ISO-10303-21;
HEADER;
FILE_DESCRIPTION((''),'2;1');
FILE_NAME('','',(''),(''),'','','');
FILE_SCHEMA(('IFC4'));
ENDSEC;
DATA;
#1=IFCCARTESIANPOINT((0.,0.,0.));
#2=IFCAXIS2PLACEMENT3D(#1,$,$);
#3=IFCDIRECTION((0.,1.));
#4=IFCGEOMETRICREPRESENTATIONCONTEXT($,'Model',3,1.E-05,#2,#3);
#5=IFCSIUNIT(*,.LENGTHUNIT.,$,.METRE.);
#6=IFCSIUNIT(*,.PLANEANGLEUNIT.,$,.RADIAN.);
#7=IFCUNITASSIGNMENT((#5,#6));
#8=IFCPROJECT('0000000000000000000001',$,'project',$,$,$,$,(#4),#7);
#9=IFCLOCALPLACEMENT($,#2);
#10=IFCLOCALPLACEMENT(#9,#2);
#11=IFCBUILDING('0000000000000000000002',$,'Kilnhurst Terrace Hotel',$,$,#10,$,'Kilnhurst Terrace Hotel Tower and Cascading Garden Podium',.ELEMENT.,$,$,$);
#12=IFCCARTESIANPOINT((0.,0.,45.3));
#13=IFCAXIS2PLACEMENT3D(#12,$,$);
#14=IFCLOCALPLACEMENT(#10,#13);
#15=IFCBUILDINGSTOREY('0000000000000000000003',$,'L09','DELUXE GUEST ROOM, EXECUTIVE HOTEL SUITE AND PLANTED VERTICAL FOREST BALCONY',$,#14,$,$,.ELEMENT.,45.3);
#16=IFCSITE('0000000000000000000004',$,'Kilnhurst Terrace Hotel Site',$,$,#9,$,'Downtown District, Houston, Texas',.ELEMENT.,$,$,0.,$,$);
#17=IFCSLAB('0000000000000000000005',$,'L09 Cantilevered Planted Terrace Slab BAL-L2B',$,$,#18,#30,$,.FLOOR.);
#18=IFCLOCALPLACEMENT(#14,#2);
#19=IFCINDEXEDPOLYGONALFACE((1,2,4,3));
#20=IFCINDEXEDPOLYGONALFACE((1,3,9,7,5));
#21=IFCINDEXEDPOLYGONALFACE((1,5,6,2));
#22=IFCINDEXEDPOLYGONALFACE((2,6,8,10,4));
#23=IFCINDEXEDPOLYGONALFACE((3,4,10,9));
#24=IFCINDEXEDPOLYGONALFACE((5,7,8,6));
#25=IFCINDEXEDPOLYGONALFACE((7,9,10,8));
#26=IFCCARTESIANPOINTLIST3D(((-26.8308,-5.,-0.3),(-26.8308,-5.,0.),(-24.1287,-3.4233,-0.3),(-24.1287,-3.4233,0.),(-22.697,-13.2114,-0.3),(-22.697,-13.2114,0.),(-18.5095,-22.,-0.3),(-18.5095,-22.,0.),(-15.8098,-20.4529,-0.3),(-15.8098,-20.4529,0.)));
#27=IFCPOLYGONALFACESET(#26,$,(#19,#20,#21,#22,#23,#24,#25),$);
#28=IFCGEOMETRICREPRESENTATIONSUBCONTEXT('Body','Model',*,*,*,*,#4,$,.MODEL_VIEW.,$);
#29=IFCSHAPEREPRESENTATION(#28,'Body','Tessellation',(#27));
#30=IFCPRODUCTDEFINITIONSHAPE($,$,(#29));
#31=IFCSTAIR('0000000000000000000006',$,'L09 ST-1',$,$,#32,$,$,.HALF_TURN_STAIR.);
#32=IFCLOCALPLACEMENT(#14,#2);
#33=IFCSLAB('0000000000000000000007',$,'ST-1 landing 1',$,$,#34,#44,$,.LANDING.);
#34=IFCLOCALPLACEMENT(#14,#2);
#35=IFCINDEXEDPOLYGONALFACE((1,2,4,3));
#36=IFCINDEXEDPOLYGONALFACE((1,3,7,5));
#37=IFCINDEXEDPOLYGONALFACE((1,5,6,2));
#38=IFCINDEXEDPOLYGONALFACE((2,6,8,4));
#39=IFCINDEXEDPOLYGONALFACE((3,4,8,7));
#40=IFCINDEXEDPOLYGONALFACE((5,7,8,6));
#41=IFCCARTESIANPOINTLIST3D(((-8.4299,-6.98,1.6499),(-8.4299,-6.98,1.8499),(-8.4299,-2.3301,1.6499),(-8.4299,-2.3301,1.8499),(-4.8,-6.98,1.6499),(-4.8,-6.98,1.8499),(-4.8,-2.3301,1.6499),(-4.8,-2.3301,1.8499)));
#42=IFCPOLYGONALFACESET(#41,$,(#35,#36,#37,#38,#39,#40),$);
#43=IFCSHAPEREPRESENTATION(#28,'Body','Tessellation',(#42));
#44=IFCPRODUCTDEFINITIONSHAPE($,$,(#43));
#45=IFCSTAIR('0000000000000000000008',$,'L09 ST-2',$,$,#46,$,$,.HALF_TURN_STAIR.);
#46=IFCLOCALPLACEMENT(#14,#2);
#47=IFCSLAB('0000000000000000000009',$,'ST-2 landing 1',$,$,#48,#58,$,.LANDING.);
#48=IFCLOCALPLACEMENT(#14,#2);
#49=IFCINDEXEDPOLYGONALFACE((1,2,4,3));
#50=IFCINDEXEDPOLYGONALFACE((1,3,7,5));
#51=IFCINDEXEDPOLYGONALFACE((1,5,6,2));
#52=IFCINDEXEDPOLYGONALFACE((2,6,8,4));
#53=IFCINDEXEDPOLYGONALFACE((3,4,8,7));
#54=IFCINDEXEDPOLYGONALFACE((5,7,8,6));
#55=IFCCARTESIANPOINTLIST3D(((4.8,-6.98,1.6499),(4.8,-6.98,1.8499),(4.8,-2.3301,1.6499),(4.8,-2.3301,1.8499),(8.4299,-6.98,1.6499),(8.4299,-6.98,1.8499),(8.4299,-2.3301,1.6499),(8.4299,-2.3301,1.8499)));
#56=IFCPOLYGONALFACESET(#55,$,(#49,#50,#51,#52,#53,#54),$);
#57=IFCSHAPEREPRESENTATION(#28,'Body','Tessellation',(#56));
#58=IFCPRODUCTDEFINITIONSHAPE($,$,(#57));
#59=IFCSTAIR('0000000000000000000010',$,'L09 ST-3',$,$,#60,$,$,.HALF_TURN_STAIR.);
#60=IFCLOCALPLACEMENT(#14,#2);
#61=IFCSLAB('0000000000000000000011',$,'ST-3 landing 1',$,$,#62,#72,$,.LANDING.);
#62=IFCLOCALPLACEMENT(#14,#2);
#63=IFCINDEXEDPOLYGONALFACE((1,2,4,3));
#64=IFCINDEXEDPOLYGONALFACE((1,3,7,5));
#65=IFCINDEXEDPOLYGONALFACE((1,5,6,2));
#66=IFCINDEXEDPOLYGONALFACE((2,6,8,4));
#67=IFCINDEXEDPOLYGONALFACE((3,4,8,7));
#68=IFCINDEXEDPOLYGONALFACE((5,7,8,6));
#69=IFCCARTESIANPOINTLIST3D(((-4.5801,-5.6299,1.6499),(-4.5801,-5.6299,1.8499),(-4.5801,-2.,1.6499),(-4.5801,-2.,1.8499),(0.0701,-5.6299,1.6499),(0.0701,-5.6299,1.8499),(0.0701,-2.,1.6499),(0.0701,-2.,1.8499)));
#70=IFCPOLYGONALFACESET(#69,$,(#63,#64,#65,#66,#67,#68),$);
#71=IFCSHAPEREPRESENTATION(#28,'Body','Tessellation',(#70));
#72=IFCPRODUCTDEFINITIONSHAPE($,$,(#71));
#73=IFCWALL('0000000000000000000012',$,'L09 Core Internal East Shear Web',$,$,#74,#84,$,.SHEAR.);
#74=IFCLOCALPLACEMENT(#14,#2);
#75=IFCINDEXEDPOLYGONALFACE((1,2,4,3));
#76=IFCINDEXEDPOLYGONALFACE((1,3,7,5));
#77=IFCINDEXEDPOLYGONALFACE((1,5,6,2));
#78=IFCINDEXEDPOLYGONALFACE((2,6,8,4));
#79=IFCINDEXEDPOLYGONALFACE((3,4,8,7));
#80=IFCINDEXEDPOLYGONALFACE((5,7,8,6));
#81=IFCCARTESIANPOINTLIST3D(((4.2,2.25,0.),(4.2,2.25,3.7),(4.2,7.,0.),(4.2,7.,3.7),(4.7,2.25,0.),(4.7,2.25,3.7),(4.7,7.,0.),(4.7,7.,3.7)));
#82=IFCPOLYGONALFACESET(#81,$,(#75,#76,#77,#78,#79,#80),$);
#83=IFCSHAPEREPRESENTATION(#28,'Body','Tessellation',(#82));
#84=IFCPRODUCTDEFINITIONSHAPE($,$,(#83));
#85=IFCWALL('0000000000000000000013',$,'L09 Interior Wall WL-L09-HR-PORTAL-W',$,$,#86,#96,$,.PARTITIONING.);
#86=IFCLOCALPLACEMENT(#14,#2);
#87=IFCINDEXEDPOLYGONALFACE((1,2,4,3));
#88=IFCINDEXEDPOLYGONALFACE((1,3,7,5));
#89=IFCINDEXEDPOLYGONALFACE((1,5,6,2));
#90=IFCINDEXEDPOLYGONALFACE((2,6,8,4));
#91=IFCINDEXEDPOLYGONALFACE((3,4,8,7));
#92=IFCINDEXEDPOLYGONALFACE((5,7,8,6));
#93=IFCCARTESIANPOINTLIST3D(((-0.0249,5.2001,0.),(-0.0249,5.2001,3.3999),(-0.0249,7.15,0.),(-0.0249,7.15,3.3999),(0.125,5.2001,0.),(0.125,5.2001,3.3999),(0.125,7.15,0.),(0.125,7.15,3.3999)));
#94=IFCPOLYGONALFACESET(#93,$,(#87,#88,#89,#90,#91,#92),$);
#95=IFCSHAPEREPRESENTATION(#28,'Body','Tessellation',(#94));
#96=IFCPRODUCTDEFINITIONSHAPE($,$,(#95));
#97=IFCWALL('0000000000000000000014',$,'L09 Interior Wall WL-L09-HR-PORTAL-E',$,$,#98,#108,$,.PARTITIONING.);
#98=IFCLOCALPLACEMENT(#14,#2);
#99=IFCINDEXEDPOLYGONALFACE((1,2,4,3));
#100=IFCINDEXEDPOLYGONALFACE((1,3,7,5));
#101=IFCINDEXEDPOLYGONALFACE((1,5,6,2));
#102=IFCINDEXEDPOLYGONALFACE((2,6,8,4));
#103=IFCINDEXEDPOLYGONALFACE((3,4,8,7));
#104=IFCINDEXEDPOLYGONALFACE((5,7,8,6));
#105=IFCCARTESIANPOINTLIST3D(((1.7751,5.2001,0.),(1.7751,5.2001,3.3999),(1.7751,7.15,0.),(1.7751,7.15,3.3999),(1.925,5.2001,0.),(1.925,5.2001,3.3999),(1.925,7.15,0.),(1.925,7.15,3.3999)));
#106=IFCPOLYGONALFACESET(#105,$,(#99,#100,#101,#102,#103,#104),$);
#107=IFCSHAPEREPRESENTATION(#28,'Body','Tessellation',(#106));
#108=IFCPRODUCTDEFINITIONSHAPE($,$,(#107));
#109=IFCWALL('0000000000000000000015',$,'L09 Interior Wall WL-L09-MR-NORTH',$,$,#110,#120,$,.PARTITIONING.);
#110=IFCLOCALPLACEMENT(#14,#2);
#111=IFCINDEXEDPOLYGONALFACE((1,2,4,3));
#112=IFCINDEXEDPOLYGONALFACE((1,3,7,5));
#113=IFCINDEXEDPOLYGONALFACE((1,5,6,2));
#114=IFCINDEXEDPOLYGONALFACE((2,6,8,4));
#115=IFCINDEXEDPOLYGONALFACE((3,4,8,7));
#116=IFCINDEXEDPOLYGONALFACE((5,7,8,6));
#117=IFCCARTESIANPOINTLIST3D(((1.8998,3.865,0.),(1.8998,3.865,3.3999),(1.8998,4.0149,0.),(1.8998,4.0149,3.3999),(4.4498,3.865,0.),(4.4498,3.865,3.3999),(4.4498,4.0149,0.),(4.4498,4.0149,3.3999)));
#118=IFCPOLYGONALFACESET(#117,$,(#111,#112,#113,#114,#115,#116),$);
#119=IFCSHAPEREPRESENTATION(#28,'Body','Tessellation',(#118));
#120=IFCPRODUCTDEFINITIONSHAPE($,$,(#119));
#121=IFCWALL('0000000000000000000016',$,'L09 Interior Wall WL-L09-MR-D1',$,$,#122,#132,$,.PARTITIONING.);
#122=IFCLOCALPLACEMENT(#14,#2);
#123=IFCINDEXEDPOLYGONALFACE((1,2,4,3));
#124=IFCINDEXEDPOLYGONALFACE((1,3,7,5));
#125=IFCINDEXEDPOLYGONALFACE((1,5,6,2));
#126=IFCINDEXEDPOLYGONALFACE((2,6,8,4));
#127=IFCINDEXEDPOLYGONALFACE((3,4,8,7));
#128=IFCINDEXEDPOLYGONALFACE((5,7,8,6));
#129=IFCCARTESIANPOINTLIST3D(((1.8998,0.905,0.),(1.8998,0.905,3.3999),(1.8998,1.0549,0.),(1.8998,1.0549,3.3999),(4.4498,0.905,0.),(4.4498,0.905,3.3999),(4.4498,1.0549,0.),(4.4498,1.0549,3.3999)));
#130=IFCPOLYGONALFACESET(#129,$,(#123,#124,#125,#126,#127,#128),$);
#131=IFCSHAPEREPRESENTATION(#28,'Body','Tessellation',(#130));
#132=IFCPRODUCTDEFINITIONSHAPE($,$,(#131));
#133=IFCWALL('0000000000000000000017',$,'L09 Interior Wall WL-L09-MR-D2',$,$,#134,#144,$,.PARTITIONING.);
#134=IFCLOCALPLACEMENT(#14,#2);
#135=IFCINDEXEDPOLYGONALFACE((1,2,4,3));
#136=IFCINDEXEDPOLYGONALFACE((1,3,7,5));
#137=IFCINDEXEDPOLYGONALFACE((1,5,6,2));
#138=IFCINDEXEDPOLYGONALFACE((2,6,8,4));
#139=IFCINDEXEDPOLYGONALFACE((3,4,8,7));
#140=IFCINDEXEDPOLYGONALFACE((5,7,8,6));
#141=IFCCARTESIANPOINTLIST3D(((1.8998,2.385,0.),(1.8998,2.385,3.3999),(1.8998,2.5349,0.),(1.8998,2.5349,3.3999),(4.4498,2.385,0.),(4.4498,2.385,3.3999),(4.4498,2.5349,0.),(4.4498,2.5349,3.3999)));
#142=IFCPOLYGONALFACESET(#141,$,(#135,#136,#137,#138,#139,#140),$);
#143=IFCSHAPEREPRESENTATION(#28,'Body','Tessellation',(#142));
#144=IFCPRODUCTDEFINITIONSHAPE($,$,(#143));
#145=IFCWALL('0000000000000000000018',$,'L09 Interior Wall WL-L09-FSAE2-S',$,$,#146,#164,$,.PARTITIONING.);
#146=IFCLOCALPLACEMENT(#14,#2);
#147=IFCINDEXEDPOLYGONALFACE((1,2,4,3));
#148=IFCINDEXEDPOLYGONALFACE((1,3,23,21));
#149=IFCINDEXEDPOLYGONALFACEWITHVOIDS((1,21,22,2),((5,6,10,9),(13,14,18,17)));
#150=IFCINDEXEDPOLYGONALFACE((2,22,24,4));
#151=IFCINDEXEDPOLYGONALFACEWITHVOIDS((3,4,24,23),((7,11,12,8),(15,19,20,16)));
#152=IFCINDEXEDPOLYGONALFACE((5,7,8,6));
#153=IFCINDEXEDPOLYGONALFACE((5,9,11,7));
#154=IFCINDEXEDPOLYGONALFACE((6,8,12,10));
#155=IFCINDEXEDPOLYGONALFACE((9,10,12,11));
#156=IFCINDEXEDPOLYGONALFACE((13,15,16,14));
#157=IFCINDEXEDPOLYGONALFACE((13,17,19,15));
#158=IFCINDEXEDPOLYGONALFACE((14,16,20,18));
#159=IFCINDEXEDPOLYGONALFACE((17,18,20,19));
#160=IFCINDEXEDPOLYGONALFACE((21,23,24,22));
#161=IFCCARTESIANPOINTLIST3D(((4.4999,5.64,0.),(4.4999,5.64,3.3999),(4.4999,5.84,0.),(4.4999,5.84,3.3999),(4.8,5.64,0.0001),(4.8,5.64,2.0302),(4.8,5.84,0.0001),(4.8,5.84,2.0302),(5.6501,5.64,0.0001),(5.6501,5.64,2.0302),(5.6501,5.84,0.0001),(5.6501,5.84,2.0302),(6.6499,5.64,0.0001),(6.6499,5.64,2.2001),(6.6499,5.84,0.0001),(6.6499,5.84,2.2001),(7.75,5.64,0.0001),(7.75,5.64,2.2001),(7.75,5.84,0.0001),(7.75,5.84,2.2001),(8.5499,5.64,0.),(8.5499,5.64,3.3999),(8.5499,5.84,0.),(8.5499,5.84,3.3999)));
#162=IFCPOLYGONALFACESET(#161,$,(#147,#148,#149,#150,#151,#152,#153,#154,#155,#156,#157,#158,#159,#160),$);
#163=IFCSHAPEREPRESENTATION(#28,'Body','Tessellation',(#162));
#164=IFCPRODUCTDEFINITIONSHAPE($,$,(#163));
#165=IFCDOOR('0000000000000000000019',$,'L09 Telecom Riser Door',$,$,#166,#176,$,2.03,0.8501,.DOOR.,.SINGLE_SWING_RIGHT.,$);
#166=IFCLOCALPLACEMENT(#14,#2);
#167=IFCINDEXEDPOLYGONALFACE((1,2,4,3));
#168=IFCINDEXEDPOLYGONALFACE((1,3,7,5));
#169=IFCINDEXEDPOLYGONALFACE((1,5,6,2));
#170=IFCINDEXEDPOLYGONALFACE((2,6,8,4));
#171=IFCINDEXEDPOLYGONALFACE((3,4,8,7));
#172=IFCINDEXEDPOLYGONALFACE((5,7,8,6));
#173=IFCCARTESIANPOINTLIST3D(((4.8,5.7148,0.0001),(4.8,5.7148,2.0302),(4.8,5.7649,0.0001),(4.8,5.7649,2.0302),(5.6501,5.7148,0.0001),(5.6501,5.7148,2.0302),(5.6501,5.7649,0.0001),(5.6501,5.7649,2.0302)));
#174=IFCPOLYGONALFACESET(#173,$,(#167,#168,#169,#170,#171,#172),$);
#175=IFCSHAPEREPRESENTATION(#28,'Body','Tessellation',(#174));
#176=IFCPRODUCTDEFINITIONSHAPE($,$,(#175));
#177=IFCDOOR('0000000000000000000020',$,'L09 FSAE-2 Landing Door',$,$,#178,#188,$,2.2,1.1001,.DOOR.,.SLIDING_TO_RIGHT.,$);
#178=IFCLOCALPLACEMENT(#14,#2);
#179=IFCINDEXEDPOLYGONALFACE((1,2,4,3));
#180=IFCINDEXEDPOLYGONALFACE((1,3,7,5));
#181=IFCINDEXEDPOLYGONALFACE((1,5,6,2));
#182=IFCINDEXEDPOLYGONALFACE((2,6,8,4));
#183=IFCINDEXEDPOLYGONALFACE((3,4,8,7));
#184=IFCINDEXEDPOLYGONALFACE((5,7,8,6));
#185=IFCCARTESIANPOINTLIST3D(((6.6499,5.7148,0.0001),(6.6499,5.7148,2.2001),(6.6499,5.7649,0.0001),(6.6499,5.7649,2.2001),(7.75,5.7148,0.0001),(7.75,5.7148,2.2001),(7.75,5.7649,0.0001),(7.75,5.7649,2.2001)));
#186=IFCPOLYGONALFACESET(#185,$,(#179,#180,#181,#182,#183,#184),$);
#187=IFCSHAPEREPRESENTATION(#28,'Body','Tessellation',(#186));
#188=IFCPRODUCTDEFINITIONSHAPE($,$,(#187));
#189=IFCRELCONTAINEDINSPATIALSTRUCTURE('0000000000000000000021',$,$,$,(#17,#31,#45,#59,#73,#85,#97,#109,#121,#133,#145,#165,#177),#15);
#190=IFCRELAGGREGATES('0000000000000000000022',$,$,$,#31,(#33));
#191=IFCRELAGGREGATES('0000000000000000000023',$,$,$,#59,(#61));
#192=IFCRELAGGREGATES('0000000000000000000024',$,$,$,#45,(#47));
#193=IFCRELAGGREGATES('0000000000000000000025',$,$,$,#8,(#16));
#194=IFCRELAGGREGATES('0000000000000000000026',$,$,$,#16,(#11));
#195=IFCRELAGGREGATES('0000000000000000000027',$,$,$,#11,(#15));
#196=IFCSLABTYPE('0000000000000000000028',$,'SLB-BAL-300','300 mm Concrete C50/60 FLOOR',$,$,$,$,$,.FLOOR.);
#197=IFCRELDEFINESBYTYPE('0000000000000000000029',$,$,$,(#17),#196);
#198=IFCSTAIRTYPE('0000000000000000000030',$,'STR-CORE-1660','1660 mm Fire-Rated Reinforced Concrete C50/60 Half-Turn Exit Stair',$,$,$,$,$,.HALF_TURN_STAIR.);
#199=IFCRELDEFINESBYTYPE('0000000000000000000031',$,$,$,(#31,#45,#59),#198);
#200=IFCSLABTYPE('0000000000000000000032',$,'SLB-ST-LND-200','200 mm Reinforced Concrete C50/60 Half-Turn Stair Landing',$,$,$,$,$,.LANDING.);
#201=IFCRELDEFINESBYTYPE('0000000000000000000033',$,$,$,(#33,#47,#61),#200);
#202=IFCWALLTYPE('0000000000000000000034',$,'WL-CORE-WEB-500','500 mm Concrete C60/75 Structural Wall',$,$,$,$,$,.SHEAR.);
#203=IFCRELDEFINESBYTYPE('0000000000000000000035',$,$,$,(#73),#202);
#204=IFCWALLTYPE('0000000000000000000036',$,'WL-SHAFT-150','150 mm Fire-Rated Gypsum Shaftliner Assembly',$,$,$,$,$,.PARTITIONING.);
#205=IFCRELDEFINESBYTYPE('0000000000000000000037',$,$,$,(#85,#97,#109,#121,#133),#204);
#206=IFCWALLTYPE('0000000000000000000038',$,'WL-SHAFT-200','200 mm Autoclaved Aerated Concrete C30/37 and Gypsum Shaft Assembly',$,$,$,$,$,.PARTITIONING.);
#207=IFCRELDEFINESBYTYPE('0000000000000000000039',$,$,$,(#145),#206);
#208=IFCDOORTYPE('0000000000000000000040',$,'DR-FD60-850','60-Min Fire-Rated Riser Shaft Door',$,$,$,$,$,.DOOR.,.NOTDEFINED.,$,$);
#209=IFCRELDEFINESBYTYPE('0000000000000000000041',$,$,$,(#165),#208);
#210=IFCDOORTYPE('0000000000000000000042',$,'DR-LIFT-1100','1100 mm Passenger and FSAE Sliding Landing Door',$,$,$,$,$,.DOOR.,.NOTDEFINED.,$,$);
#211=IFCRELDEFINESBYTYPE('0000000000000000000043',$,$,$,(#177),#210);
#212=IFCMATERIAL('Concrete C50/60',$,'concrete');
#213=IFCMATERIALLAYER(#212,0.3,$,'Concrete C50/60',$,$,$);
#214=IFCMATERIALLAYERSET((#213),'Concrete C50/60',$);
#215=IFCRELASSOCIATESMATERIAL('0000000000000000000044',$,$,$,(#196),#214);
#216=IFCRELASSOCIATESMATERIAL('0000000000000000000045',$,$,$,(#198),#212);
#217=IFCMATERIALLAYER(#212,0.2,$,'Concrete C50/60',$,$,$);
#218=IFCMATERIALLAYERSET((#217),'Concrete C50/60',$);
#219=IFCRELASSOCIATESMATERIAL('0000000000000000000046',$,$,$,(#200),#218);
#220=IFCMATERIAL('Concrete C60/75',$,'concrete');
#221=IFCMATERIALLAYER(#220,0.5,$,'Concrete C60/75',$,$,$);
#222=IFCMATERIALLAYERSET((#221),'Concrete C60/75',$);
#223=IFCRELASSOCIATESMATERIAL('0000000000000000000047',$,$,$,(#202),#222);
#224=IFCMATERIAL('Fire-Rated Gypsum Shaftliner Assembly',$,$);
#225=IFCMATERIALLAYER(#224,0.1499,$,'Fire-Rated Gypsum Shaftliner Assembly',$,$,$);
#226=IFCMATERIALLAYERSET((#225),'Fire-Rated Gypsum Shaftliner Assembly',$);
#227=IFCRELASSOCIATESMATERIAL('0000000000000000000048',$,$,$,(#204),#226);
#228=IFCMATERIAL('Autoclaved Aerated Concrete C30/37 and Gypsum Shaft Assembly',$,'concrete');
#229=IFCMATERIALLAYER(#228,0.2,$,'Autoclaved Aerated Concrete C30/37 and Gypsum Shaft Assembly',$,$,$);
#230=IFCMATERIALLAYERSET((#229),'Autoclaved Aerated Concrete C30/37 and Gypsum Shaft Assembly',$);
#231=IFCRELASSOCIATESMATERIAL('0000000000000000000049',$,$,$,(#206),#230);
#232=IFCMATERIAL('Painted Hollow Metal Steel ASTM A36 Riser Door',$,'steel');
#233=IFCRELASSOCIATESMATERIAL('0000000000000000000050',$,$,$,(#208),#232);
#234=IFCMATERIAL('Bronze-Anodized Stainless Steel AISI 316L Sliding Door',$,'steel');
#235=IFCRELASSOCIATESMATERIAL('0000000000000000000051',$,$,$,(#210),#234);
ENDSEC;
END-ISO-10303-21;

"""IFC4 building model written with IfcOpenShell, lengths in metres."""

from ifc_helpers import new_model, si_unit, direction, frame, frame_2d, origin, place, context, subcontext, project, spatial, polyline, rectangle, outline, extrude, material, layer, layer_set, type_object, element, fill, aggregate, save


model = new_model("IFC4")

# Units and contexts
model_context = context("Model", 3, precision=1e-05, world=origin(), true_north=direction((0.0, 1.0)))
body_context = subcontext(model_context, "Body", "Model", "MODEL_VIEW")
ifc_project = project(units=[si_unit("LENGTHUNIT", "METRE"), si_unit("PLANEANGLEUNIT", "RADIAN")], contexts=[model_context])

# Site, building, storey
site_placement = place(None, origin())
site = spatial("IfcSite", under=ifc_project, at=site_placement, Name="Kilnhurst Terrace Hotel Site", LongName="Downtown District, Houston, Texas", CompositionType="ELEMENT", RefElevation=0.0)
building_placement = place(site_placement, origin())
building = spatial("IfcBuilding", under=site, at=building_placement, Name="Kilnhurst Terrace Hotel", LongName="Kilnhurst Terrace Hotel Tower and Cascading Garden Podium", CompositionType="ELEMENT")
storey_placement = place(building_placement, frame((0.0, 0.0, 45.3)))
storey = spatial("IfcBuildingStorey", under=building, at=storey_placement, Name="L09", Description="DELUXE GUEST ROOM, EXECUTIVE HOTEL SUITE AND PLANTED VERTICAL FOREST BALCONY", CompositionType="ELEMENT", Elevation=45.3)

# Slab
ifc_material_1 = material(Name="Concrete C50/60", Category="concrete")
ifc_layer_1 = layer(ifc_material_1, 0.3, Name="Concrete C50/60")
ifc_layer_set_1 = layer_set([ifc_layer_1], Name="Concrete C50/60")
slab_type_1 = type_object("IfcSlabType", Name="SLB-BAL-300", Description="300 mm Concrete C50/60 FLOOR", PredefinedType="FLOOR", material=ifc_layer_set_1)
slab_1_placement = place(storey_placement, frame((0.0, 0.0, -0.3)))
element("IfcSlab", 1, at=slab_1_placement, inside=storey, type_object=slab_type_1, Name="L09 Cantilevered Planted Terrace Slab BAL-L2B", PredefinedType="FLOOR", context=body_context, shape_type="SweptSolid", body=[
    extrude(outline(polyline([(-26.8308, -5.0), (-24.1287, -3.4233), (-15.8098, -20.4529), (-18.5095, -22.0), (-22.697, -13.2114), (-26.8308, -5.0)])), origin(), (0.0, 0.0, 1.0), 0.3),
])

# Stairs, slabs
stair_type = type_object("IfcStairType", Name="STR-CORE-1660", Description="1660 mm Fire-Rated Reinforced Concrete C50/60 Half-Turn Exit Stair", PredefinedType="HALF_TURN_STAIR", material=ifc_material_1)
stair_1_placement = place(storey_placement, origin())
stair_1 = element("IfcStair", 2, at=stair_1_placement, inside=storey, type_object=stair_type, Name="L09 ST-1", PredefinedType="HALF_TURN_STAIR")
ifc_layer_2 = layer(ifc_material_1, 0.2, Name="Concrete C50/60")
ifc_layer_set_2 = layer_set([ifc_layer_2], Name="Concrete C50/60")
slab_type_2 = type_object("IfcSlabType", Name="SLB-ST-LND-200", Description="200 mm Reinforced Concrete C50/60 Half-Turn Stair Landing", PredefinedType="LANDING", material=ifc_layer_set_2)
slab_2_placement = place(storey_placement, frame((0.0, 0.0, 1.6499)))
slab_2 = element("IfcSlab", 3, at=slab_2_placement, type_object=slab_type_2, Name="ST-1 landing 1", PredefinedType="LANDING", context=body_context, shape_type="SweptSolid", body=[
    extrude(outline(polyline([(-8.4299, -2.3301), (-4.8, -2.3301), (-4.8, -6.98), (-8.4299, -6.98), (-8.4299, -2.3301)])), origin(), (0.0, 0.0, 1.0), 0.2),
])
aggregate(stair_1, [slab_2])
stair_2_placement = place(storey_placement, origin())
stair_2 = element("IfcStair", 4, at=stair_2_placement, inside=storey, type_object=stair_type, Name="L09 ST-2", PredefinedType="HALF_TURN_STAIR")
slab_3_placement = place(storey_placement, frame((0.0, 0.0, 1.6499)))
slab_3 = element("IfcSlab", 5, at=slab_3_placement, type_object=slab_type_2, Name="ST-2 landing 1", PredefinedType="LANDING", context=body_context, shape_type="SweptSolid", body=[
    extrude(outline(polyline([(4.8, -2.3301), (8.4299, -2.3301), (8.4299, -6.98), (4.8, -6.98), (4.8, -2.3301)])), origin(), (0.0, 0.0, 1.0), 0.2),
])
stair_3_placement = place(storey_placement, origin())
stair_3 = element("IfcStair", 6, at=stair_3_placement, inside=storey, type_object=stair_type, Name="L09 ST-3", PredefinedType="HALF_TURN_STAIR")
slab_4_placement = place(storey_placement, frame((0.0, 0.0, 1.6499)))
slab_4 = element("IfcSlab", 7, at=slab_4_placement, type_object=slab_type_2, Name="ST-3 landing 1", PredefinedType="LANDING", context=body_context, shape_type="SweptSolid", body=[
    extrude(outline(polyline([(0.0701, -2.0), (0.0701, -5.6299), (-4.5801, -5.6299), (-4.5801, -2.0), (0.0701, -2.0)])), origin(), (0.0, 0.0, 1.0), 0.2),
])
aggregate(stair_3, [slab_4])

# Walls
ifc_material_2 = material(Name="Concrete C60/75", Category="concrete")
ifc_layer_3 = layer(ifc_material_2, 0.5, Name="Concrete C60/75")
ifc_layer_set_3 = layer_set([ifc_layer_3], Name="Concrete C60/75")
wall_type_1 = type_object("IfcWallType", Name="WL-CORE-WEB-500", Description="500 mm Concrete C60/75 Structural Wall", PredefinedType="SHEAR", material=ifc_layer_set_3)
wall_1_placement = place(storey_placement, frame((4.45, 2.25, 0.0), z_axis=(0.0, 0.0, 1.0), x_axis=(0.0, 1.0, 0.0)))
element("IfcWall", 8, at=wall_1_placement, inside=storey, type_object=wall_type_1, Name="L09 Core Internal East Shear Web", PredefinedType="SHEAR", context=body_context, shape_type="SweptSolid", body=[
    extrude(rectangle(XDim=4.75, YDim=0.5, at=frame_2d((2.375, 0.0))), origin(), (0.0, 0.0, 1.0), 3.7),
])
ifc_material_3 = material(Name="Fire-Rated Gypsum Shaftliner Assembly")
ifc_layer_4 = layer(ifc_material_3, 0.1499, Name="Fire-Rated Gypsum Shaftliner Assembly")
ifc_layer_set_4 = layer_set([ifc_layer_4], Name="Fire-Rated Gypsum Shaftliner Assembly")
wall_type_2 = type_object("IfcWallType", Name="WL-SHAFT-150", Description="150 mm Fire-Rated Gypsum Shaftliner Assembly", PredefinedType="PARTITIONING", material=ifc_layer_set_4)
for number, where, z_axis, x_axis, name in (
    (9, (0.05, 5.2, 0.0), (0.0, 0.0, 1.0), (0.0, 1.0, 0.0), "L09 Interior Wall WL-L09-HR-PORTAL-W"),
    (10, (1.8501, 5.2, 0.0), (0.0, 0.0, 1.0), (0.0, 1.0, 0.0), "L09 Interior Wall WL-L09-HR-PORTAL-E"),
):
    element("IfcWall", number, at=place(storey_placement, frame(where, z_axis=z_axis, x_axis=x_axis)), inside=storey, type_object=wall_type_2, Name=name, PredefinedType="PARTITIONING", context=body_context, shape_type="SweptSolid", body=[
        extrude(rectangle(XDim=1.95, YDim=0.1499, at=frame_2d((0.9751, 0.0))), origin(), (0.0, 0.0, 1.0), 3.3999),
    ])
for number, where, z_axis, x_axis, name in (
    (11, (1.8999, 3.9399, 0.0), (0.0, 0.0, 1.0), (1.0, 0.0, 0.0), "L09 Interior Wall WL-L09-MR-NORTH"),
    (12, (1.8999, 0.98, 0.0), (0.0, 0.0, 1.0), (1.0, 0.0, 0.0), "L09 Interior Wall WL-L09-MR-D1"),
    (13, (1.8999, 2.46, 0.0), (0.0, 0.0, 1.0), (1.0, 0.0, 0.0), "L09 Interior Wall WL-L09-MR-D2"),
):
    element("IfcWall", number, at=place(storey_placement, frame(where, z_axis=z_axis, x_axis=x_axis)), inside=storey, type_object=wall_type_2, Name=name, PredefinedType="PARTITIONING", context=body_context, shape_type="SweptSolid", body=[
        extrude(rectangle(XDim=2.55, YDim=0.1499, at=frame_2d((1.2749, 0.0))), origin(), (0.0, 0.0, 1.0), 3.3999),
    ])

# Wall, openings, doors
ifc_material_4 = material(Name="Autoclaved Aerated Concrete C30/37 and Gypsum Shaft Assembly", Category="concrete")
ifc_layer_5 = layer(ifc_material_4, 0.2, Name="Autoclaved Aerated Concrete C30/37 and Gypsum Shaft Assembly")
ifc_layer_set_5 = layer_set([ifc_layer_5], Name="Autoclaved Aerated Concrete C30/37 and Gypsum Shaft Assembly")
wall_type_3 = type_object("IfcWallType", Name="WL-SHAFT-200", Description="200 mm Autoclaved Aerated Concrete C30/37 and Gypsum Shaft Assembly", PredefinedType="PARTITIONING", material=ifc_layer_set_5)
wall_2_placement = place(storey_placement, frame((4.5, 5.74, 0.0), z_axis=(0.0, 0.0, 1.0), x_axis=(1.0, 0.0, 0.0)))
wall_2 = element("IfcWall", 14, at=wall_2_placement, inside=storey, type_object=wall_type_3, Name="L09 Interior Wall WL-L09-FSAE2-S", PredefinedType="PARTITIONING", context=body_context, shape_type="SweptSolid", body=[
    extrude(rectangle(XDim=4.05, YDim=0.2, at=frame_2d((2.0249, 0.0))), origin(), (0.0, 0.0, 1.0), 3.3999),
])
opening_1_placement = place(wall_2_placement, frame((0.3, 0.0, 0.0)))
opening_1 = element("IfcOpeningElement", 15, at=opening_1_placement, cuts=wall_2, PredefinedType="OPENING", context=body_context, shape_type="SweptSolid", body=[
    extrude(rectangle(XDim=0.8501, YDim=2.03, at=frame_2d((0.425, 1.0151))), frame((0.0, 0.1099, 0.0), z_axis=(0.0, -1.0, 0.0), x_axis=(1.0, 0.0, 0.0)), (0.0, 0.0, 1.0), 0.22),
])
opening_2_placement = place(wall_2_placement, frame((2.1499, 0.0, 0.0)))
opening_2 = element("IfcOpeningElement", 16, at=opening_2_placement, cuts=wall_2, PredefinedType="OPENING", context=body_context, shape_type="SweptSolid", body=[
    extrude(rectangle(XDim=1.1001, YDim=2.2, at=frame_2d((0.55, 1.1001))), frame((0.0, 0.1099, 0.0), z_axis=(0.0, -1.0, 0.0), x_axis=(1.0, 0.0, 0.0)), (0.0, 0.0, 1.0), 0.22),
])
ifc_material_5 = material(Name="Painted Hollow Metal Steel ASTM A36 Riser Door", Category="steel")
door_type_1 = type_object("IfcDoorType", Name="DR-FD60-850", Description="60-Min Fire-Rated Riser Shaft Door", OperationType="NOTDEFINED", PredefinedType="DOOR", material=ifc_material_5)
door_1_placement = place(opening_1_placement, origin())
door_1 = element("IfcDoor", 17, at=door_1_placement, inside=storey, type_object=door_type_1, Name="L09 Telecom Riser Door", OperationType="SINGLE_SWING_RIGHT", OverallHeight=2.03, OverallWidth=0.8501, PredefinedType="DOOR", context=body_context, shape_type="SweptSolid", body=[
    extrude(rectangle(XDim=0.8501, YDim=2.03, at=frame_2d((0.425, 1.0151))), frame((0.0, 0.0249, 0.0), z_axis=(0.0, -1.0, 0.0), x_axis=(1.0, 0.0, 0.0)), (0.0, 0.0, 1.0), 0.05),
])
fill(opening_1, door_1)
ifc_material_6 = material(Name="Bronze-Anodized Stainless Steel AISI 316L Sliding Door", Category="steel")
door_type_2 = type_object("IfcDoorType", Name="DR-LIFT-1100", Description="1100 mm Passenger and FSAE Sliding Landing Door", OperationType="NOTDEFINED", PredefinedType="DOOR", material=ifc_material_6)
door_2_placement = place(opening_2_placement, origin())
door_2 = element("IfcDoor", 18, at=door_2_placement, inside=storey, type_object=door_type_2, Name="L09 FSAE-2 Landing Door", OperationType="SLIDING_TO_RIGHT", OverallHeight=2.2, OverallWidth=1.1001, PredefinedType="DOOR", context=body_context, shape_type="SweptSolid", body=[
    extrude(rectangle(XDim=1.1001, YDim=2.2, at=frame_2d((0.55, 1.1001))), frame((0.0, 0.0249, 0.0), z_axis=(0.0, -1.0, 0.0), x_axis=(1.0, 0.0, 0.0)), (0.0, 0.0, 1.0), 0.05),
])
fill(opening_2, door_2)

aggregate(stair_2, [slab_3])

save(model, "model.ifc")
